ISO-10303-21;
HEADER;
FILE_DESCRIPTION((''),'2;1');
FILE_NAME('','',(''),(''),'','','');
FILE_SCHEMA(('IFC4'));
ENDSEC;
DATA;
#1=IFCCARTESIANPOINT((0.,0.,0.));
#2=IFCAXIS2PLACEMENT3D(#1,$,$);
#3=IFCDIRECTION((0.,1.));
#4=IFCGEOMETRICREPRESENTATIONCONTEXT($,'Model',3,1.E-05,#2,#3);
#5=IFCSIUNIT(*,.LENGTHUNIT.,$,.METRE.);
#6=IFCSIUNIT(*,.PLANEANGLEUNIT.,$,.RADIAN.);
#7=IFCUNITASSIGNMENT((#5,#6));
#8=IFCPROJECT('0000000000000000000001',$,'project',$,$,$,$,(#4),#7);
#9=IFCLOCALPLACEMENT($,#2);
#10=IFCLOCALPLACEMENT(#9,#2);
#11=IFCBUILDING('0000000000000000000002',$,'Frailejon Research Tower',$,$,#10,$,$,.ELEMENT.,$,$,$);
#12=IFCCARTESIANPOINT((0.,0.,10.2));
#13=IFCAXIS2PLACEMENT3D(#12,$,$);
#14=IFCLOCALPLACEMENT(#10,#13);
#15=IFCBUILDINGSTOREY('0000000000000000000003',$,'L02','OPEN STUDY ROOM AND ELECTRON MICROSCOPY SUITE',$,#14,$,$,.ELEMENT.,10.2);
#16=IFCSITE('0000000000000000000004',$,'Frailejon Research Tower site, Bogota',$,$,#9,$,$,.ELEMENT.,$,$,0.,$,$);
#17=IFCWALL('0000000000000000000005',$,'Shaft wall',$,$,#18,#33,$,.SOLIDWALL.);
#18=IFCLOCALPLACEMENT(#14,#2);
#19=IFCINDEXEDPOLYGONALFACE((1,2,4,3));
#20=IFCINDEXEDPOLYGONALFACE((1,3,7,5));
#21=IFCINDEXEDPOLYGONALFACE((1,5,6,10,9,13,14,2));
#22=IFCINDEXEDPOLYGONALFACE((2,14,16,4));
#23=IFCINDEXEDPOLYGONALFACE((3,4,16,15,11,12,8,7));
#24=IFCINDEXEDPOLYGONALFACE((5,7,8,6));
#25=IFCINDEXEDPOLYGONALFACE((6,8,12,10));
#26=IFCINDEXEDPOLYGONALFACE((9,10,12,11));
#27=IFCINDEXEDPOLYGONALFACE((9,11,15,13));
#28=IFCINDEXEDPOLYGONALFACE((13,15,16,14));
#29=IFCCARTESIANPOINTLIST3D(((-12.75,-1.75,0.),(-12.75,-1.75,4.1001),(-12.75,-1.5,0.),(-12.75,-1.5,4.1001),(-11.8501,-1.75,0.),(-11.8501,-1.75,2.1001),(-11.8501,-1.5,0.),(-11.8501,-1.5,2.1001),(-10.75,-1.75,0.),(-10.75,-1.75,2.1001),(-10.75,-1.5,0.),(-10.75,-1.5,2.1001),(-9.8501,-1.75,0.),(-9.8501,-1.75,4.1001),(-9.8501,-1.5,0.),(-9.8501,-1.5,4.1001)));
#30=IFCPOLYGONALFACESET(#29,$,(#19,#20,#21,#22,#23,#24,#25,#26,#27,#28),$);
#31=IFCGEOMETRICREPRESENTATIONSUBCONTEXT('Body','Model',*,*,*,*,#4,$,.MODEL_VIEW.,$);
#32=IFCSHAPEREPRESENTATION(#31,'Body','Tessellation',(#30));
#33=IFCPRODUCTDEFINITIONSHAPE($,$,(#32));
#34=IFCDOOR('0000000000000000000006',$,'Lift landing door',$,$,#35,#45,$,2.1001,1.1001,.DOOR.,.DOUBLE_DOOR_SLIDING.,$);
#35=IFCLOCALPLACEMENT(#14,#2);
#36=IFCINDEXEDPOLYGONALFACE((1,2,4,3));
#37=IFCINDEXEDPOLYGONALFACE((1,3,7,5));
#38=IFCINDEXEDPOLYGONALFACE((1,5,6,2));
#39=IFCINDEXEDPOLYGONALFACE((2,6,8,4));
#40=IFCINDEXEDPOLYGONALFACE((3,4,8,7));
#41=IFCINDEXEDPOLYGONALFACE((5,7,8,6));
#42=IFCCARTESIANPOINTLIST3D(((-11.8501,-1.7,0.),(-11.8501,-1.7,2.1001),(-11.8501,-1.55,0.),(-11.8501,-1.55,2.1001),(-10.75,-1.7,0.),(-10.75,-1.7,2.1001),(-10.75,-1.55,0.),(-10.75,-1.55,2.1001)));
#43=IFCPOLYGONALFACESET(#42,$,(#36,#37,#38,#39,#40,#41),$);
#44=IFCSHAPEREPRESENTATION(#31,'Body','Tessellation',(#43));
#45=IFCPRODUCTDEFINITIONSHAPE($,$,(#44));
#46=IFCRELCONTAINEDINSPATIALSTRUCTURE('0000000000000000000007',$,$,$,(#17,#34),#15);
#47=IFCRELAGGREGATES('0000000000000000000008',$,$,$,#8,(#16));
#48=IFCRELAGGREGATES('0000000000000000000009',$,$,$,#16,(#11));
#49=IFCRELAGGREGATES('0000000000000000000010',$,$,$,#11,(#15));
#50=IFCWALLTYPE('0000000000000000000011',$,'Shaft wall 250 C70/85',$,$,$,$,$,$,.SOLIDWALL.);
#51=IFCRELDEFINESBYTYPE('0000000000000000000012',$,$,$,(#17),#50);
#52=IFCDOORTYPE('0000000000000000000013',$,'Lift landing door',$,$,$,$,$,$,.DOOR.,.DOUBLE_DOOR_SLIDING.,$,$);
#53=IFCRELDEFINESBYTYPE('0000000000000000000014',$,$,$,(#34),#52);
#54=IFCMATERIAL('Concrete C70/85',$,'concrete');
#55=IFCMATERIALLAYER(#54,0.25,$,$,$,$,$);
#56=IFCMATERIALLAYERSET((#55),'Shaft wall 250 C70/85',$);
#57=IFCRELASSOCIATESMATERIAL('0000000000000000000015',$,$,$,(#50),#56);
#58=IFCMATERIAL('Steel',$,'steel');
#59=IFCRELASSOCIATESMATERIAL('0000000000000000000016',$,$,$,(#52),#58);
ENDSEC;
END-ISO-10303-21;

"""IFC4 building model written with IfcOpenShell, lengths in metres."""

from ifc_helpers import new_model, si_unit, direction, frame, frame_2d, origin, place, context, subcontext, project, spatial, rectangle, extrude, material, layer, layer_set, type_object, element, fill, save


model = new_model("IFC4")

# Units and contexts
model_context = context("Model", 3, precision=1e-05, world=origin(), true_north=direction((0.0, 1.0)))
body_context = subcontext(model_context, "Body", "Model", "MODEL_VIEW")
ifc_project = project(units=[si_unit("LENGTHUNIT", "METRE"), si_unit("PLANEANGLEUNIT", "RADIAN")], contexts=[model_context])

# Site, building, storey
site_placement = place(None, origin())
site = spatial("IfcSite", under=ifc_project, at=site_placement, Name="Frailejon Research Tower site, Bogota", CompositionType="ELEMENT", RefElevation=0.0)
building_placement = place(site_placement, origin())
building = spatial("IfcBuilding", under=site, at=building_placement, Name="Frailejon Research Tower", CompositionType="ELEMENT")
storey_placement = place(building_placement, frame((0.0, 0.0, 10.2)))
storey = spatial("IfcBuildingStorey", under=building, at=storey_placement, Name="L02", Description="OPEN STUDY ROOM AND ELECTRON MICROSCOPY SUITE", CompositionType="ELEMENT", Elevation=10.2)

# Wall, opening, door
ifc_material_1 = material(Name="Concrete C70/85", Category="concrete")
ifc_layer_1 = layer(ifc_material_1, 0.25)
ifc_layer_set_1 = layer_set([ifc_layer_1], Name="Shaft wall 250 C70/85")
wall_type_1 = type_object("IfcWallType", Name="Shaft wall 250 C70/85", PredefinedType="SOLIDWALL", material=ifc_layer_set_1)
ifc_material_2 = material(Name="Steel", Category="steel")
door_type_1 = type_object("IfcDoorType", Name="Lift landing door", OperationType="DOUBLE_DOOR_SLIDING", PredefinedType="DOOR", material=ifc_material_2)
wall_1_placement = place(storey_placement, frame((-12.75, -1.625, 0.0), z_axis=(0.0, 0.0, 1.0), x_axis=(1.0, 0.0, 0.0)))
wall_1 = element("IfcWall", 1, at=wall_1_placement, inside=storey, type_object=wall_type_1, Name="Shaft wall", PredefinedType="SOLIDWALL", context=body_context, shape_type="SweptSolid", body=[
    extrude(rectangle(XDim=2.8999, YDim=0.25, at=frame_2d((1.45, 0.0))), origin(), (0.0, 0.0, 1.0), 4.1001),
])
opening_1_placement = place(wall_1_placement, frame((0.8999, 0.0, 0.0)))
opening_1 = element("IfcOpeningElement", 2, at=opening_1_placement, cuts=wall_1, PredefinedType="OPENING", context=body_context, shape_type="SweptSolid", body=[
    extrude(rectangle(XDim=1.1001, YDim=2.1001, at=frame_2d((0.55, 1.05))), frame((0.0, 0.135, 0.0), z_axis=(0.0, -1.0, 0.0), x_axis=(1.0, 0.0, 0.0)), (0.0, 0.0, 1.0), 0.27),
])
door_1_placement = place(opening_1_placement, origin())
door_1 = element("IfcDoor", 3, at=door_1_placement, inside=storey, type_object=door_type_1, Name="Lift landing door", OperationType="DOUBLE_DOOR_SLIDING", OverallHeight=2.1001, OverallWidth=1.1001, PredefinedType="DOOR", context=body_context, shape_type="SweptSolid", body=[
    extrude(rectangle(XDim=1.1001, YDim=2.1001, at=frame_2d((0.55, 1.05))), frame((0.0, 0.075, 0.0), z_axis=(0.0, -1.0, 0.0), x_axis=(1.0, 0.0, 0.0)), (0.0, 0.0, 1.0), 0.1499),
])
fill(opening_1, door_1)

save(model, "model.ifc")
